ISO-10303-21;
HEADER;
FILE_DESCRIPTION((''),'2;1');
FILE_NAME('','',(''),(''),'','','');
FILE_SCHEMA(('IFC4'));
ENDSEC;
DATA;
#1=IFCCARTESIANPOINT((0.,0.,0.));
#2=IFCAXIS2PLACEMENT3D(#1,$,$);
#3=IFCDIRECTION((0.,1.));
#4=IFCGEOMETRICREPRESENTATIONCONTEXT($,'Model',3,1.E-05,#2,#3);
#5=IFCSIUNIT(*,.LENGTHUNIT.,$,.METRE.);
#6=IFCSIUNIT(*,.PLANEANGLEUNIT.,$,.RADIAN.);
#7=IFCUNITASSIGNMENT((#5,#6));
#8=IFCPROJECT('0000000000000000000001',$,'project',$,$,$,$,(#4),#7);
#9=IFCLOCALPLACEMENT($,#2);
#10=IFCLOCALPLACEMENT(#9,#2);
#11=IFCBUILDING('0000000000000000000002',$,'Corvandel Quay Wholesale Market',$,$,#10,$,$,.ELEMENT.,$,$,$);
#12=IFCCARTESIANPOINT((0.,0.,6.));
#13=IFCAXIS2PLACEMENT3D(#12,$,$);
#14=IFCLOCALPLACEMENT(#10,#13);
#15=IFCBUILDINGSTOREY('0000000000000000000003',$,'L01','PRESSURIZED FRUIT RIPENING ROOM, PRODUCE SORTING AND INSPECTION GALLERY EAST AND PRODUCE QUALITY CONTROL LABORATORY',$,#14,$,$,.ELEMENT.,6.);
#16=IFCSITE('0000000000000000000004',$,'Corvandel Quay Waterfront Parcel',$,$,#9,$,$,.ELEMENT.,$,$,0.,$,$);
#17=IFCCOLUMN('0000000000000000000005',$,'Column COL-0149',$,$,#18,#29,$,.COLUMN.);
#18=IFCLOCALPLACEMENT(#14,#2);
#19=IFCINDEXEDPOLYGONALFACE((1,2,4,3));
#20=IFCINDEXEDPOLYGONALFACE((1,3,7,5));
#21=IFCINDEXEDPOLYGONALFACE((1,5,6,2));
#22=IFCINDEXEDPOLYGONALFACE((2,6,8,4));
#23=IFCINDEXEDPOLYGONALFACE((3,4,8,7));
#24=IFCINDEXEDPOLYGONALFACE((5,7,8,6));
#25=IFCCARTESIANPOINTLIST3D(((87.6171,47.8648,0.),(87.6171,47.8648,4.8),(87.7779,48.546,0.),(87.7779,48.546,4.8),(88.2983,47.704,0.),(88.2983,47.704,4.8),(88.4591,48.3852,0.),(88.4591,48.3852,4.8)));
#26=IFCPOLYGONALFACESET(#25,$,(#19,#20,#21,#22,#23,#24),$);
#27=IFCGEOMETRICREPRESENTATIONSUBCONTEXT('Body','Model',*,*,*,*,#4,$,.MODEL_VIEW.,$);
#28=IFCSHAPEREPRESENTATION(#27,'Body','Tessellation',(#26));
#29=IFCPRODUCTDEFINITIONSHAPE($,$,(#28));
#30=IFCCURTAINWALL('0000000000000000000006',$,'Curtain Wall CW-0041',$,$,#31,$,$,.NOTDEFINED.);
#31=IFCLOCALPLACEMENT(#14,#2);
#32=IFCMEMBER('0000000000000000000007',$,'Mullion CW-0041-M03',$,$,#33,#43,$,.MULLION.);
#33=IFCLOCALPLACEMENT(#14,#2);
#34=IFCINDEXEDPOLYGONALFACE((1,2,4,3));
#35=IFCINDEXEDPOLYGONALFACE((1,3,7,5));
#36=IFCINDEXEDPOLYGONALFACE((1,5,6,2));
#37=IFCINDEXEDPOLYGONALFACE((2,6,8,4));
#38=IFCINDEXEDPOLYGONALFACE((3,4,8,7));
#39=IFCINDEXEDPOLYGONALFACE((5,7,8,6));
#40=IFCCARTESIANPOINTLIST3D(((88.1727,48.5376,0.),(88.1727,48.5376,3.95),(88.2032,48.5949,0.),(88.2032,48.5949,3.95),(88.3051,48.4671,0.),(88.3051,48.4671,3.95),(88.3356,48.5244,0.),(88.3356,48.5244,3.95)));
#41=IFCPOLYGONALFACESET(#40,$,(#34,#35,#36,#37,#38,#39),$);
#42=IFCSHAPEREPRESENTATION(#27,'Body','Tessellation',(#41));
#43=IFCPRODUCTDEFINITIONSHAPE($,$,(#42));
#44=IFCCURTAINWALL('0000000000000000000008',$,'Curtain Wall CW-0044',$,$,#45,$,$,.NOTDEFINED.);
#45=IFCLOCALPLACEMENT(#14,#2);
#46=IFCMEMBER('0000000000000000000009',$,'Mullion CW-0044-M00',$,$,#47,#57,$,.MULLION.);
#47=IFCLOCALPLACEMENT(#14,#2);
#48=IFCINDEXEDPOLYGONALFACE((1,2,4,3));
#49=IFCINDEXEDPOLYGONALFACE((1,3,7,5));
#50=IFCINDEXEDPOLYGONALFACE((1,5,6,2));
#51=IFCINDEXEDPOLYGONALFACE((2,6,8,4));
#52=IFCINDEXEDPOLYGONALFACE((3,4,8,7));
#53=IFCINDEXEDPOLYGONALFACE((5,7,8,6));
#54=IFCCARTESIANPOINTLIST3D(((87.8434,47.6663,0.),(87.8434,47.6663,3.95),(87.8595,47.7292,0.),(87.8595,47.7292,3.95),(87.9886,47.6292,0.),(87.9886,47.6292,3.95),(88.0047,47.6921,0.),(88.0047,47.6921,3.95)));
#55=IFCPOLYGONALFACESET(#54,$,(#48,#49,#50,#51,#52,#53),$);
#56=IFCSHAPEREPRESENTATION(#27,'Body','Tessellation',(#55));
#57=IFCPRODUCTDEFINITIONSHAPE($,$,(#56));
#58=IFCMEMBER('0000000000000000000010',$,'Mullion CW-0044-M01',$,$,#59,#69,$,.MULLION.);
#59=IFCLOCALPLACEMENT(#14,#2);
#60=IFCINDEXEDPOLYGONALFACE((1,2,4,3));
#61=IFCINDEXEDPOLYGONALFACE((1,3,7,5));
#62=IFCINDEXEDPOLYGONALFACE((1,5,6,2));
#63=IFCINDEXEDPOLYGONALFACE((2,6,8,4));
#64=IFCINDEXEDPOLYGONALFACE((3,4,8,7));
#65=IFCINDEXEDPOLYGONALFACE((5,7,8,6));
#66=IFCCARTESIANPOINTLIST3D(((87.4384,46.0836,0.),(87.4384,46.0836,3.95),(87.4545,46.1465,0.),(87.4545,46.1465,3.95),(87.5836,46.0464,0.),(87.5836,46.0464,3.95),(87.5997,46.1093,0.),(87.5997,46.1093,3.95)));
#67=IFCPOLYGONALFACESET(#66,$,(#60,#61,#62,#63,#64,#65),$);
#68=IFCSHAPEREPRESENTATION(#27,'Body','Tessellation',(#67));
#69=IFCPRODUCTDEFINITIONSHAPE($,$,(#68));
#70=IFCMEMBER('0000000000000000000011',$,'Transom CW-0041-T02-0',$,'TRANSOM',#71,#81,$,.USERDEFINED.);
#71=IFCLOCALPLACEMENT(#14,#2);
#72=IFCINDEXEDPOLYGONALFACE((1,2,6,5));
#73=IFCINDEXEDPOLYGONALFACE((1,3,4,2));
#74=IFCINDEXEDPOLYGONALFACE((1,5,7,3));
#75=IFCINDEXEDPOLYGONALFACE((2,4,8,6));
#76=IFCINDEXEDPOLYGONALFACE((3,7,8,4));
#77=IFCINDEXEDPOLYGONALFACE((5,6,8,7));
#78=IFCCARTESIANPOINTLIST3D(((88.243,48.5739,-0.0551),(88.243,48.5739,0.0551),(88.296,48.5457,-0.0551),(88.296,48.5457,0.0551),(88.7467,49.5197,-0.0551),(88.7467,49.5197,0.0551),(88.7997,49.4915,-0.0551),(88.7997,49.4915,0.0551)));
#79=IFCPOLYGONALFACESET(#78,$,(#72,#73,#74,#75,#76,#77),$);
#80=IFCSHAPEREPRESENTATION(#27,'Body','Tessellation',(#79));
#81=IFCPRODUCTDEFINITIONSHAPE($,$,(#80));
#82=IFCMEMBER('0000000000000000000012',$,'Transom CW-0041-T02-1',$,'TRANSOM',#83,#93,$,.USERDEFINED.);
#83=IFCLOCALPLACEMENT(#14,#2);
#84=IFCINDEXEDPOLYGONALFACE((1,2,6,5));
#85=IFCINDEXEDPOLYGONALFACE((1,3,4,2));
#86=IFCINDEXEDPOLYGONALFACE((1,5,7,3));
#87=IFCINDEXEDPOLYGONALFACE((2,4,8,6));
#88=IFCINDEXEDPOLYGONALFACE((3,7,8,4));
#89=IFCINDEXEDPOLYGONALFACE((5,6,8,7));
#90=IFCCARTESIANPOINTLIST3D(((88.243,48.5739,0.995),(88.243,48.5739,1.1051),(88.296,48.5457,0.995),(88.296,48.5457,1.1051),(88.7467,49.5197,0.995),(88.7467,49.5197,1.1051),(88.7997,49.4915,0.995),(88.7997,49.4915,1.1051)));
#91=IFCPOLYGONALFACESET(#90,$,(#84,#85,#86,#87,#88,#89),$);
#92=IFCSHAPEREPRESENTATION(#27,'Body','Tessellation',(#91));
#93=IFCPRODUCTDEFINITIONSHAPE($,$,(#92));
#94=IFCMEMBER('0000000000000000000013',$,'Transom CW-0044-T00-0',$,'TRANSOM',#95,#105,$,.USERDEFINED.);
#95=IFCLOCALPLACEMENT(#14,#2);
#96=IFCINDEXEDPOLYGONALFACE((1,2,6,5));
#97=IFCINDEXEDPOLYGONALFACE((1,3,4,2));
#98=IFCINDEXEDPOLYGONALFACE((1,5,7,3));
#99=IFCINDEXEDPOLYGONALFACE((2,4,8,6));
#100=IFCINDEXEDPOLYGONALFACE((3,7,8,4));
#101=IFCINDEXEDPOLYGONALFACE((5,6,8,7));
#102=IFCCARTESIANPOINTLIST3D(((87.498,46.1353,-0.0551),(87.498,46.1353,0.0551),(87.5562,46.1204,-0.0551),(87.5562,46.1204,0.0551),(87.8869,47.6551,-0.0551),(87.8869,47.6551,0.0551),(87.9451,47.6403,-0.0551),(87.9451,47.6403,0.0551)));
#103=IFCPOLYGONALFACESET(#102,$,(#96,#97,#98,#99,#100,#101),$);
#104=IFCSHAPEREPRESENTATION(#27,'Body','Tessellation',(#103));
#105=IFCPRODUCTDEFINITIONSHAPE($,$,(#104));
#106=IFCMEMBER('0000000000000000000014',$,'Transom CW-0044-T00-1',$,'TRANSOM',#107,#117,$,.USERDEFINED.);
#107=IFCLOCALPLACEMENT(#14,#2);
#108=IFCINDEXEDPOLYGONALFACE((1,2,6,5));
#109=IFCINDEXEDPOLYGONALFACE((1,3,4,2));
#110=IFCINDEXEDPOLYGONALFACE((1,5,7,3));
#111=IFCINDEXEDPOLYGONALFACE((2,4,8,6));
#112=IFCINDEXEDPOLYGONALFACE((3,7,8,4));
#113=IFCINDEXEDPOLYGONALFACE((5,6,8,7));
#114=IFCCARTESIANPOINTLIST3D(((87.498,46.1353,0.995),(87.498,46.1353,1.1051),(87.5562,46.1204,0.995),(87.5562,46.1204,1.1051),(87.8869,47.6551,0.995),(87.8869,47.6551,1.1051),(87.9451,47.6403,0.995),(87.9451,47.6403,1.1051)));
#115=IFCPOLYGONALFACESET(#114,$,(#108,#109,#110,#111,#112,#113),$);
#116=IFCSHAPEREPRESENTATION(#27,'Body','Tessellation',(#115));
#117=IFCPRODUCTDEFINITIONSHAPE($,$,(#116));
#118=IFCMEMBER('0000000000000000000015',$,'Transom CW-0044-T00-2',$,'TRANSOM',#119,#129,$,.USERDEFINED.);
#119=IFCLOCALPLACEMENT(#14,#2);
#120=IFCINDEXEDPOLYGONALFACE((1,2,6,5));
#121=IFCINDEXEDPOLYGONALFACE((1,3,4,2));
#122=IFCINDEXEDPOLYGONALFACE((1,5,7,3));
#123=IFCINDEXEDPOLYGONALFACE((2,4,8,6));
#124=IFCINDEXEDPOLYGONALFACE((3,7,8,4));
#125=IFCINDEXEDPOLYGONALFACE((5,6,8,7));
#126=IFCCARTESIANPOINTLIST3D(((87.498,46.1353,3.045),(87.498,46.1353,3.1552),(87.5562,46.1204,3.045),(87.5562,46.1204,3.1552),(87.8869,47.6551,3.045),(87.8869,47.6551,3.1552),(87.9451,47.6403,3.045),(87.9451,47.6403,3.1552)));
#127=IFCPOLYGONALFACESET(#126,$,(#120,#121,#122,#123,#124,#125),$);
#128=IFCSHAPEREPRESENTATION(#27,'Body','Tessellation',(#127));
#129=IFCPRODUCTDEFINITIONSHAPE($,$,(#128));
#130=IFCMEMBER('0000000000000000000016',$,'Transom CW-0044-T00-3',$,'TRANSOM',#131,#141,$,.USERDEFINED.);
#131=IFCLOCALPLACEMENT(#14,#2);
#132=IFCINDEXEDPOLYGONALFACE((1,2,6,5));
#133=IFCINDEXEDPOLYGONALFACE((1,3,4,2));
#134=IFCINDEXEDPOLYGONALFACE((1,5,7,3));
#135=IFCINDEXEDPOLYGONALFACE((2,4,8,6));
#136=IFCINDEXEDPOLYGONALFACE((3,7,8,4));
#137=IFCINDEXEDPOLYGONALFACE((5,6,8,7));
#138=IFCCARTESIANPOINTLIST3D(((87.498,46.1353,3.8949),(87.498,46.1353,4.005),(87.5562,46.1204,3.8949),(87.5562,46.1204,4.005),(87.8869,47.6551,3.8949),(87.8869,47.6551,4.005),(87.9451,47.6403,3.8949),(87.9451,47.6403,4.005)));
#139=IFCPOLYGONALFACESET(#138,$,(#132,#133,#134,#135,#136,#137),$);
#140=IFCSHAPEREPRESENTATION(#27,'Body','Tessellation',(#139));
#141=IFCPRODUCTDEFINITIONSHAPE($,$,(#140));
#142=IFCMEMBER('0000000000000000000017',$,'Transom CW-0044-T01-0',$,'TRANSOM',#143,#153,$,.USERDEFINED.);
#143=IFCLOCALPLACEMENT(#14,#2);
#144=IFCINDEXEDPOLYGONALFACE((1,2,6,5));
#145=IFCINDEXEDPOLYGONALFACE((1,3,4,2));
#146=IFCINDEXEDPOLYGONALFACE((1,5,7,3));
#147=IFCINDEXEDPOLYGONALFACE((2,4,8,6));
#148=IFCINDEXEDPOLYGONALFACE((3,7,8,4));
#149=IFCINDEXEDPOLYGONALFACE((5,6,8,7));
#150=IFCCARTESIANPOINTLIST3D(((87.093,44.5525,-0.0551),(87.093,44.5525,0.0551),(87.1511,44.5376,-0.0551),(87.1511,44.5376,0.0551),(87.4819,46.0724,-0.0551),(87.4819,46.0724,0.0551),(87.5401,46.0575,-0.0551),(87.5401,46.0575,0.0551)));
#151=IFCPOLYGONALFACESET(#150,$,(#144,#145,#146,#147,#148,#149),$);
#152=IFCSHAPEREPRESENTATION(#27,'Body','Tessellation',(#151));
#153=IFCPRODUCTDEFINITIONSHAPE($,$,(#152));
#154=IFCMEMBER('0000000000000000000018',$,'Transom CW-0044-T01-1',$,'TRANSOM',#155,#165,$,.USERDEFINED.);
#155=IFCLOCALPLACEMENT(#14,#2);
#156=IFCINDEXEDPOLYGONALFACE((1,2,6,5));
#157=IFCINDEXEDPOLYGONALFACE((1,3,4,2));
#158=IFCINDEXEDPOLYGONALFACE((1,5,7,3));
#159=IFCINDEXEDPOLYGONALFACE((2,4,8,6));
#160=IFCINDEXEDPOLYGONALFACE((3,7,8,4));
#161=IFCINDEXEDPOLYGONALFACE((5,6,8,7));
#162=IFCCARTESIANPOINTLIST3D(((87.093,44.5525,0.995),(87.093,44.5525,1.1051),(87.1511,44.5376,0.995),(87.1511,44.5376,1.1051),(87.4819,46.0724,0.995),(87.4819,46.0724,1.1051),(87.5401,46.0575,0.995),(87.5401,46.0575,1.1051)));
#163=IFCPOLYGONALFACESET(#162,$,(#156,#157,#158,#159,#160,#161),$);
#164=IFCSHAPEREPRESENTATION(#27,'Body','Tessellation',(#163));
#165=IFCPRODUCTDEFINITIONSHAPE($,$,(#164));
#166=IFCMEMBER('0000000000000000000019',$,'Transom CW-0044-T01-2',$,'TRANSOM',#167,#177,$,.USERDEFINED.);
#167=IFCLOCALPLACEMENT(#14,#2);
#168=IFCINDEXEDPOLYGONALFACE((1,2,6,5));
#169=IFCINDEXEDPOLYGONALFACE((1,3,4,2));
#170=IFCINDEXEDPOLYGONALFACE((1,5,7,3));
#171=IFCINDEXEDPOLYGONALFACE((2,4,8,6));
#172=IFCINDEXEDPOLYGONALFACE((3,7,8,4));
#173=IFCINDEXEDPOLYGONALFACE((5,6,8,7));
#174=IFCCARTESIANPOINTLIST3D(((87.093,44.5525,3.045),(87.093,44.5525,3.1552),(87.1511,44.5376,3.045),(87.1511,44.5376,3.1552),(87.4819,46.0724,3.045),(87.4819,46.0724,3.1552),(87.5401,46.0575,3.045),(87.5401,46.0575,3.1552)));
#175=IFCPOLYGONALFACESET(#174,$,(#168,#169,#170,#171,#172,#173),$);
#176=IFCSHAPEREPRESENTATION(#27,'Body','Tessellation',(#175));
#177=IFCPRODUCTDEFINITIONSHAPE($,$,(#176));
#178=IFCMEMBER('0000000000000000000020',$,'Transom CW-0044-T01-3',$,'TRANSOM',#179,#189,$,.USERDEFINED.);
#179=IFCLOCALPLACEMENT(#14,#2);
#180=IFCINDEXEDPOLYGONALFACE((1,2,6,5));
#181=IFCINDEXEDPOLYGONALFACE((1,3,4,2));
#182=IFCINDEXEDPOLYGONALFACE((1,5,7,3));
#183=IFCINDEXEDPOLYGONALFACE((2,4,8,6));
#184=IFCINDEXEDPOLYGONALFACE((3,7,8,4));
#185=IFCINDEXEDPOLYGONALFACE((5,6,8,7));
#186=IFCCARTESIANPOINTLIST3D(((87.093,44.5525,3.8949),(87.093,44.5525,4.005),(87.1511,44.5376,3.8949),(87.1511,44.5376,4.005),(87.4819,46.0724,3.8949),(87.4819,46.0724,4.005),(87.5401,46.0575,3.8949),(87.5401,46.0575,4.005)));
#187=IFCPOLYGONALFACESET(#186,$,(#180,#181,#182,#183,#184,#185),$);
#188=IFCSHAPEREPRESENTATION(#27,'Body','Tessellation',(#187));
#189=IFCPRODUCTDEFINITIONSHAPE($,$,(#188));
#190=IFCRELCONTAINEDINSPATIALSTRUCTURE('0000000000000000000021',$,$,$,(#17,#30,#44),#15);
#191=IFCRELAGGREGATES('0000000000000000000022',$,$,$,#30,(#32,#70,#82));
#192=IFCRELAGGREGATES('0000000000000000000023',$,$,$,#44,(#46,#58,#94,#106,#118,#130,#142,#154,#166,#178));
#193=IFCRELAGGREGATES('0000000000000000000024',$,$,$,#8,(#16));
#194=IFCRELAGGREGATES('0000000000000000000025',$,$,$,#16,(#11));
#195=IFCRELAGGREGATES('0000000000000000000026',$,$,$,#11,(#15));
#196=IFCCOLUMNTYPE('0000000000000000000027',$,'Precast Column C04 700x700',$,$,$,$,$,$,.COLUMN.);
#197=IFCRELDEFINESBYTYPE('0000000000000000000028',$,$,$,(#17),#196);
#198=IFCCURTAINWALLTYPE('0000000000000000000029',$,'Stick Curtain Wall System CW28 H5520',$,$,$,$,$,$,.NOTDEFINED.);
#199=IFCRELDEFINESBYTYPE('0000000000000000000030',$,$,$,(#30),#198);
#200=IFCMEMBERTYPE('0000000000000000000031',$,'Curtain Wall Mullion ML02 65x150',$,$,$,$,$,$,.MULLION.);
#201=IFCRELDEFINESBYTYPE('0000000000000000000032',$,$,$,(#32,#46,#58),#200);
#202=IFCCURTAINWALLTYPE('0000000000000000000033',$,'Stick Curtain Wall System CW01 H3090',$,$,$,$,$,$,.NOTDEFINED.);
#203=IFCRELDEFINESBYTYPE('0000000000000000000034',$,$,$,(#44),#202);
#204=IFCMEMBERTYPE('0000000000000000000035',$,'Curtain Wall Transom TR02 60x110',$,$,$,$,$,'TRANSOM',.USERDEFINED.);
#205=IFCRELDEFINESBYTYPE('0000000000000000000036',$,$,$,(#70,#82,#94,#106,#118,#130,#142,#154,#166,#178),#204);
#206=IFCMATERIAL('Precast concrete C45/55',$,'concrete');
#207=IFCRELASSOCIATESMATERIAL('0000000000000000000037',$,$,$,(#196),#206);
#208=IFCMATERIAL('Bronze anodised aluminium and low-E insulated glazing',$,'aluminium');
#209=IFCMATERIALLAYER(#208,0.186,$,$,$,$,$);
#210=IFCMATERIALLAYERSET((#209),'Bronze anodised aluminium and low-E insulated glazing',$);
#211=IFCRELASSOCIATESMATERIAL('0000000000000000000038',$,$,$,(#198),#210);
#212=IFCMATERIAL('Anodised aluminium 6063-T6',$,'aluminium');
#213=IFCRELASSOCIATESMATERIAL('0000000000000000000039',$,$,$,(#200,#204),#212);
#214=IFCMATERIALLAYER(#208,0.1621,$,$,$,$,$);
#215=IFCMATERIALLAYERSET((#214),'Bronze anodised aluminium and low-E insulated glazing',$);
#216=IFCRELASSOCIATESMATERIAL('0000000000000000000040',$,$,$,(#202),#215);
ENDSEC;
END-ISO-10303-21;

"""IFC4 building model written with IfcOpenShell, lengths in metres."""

from ifc_helpers import new_model, si_unit, direction, frame, origin, origin_2d, place, context, subcontext, project, spatial, rectangle, extrude, material, layer, layer_set, material_profile, profile_set, type_object, element, aggregate, save


model = new_model("IFC4")

# Units and contexts
model_context = context("Model", 3, precision=1e-05, world=origin(), true_north=direction((0.0, 1.0)))
body_context = subcontext(model_context, "Body", "Model", "MODEL_VIEW")
ifc_project = project(units=[si_unit("LENGTHUNIT", "METRE"), si_unit("PLANEANGLEUNIT", "RADIAN")], contexts=[model_context])

# Site, building, storey
site_placement = place(None, origin())
site = spatial("IfcSite", under=ifc_project, at=site_placement, Name="Corvandel Quay Waterfront Parcel", CompositionType="ELEMENT", RefElevation=0.0)
building_placement = place(site_placement, origin())
building = spatial("IfcBuilding", under=site, at=building_placement, Name="Corvandel Quay Wholesale Market", CompositionType="ELEMENT")
storey_placement = place(building_placement, frame((0.0, 0.0, 6.0)))
storey = spatial("IfcBuildingStorey", under=building, at=storey_placement, Name="L01", Description="PRESSURIZED FRUIT RIPENING ROOM, PRODUCE SORTING AND INSPECTION GALLERY EAST AND PRODUCE QUALITY CONTROL LABORATORY", CompositionType="ELEMENT", Elevation=6.0)

# Column
ifc_material_1 = material(Name="Precast concrete C45/55", Category="concrete")
ifc_material_profile_1 = material_profile(ifc_material_1, rectangle(XDim=0.7, YDim=0.7, at=origin_2d()), Name="PC-COL-700x700")
ifc_profile_set_1 = profile_set([ifc_material_profile_1], Name="Precast concrete C45/55")
column_type = type_object("IfcColumnType", Name="Precast Column C04 700x700", PredefinedType="COLUMN", material=ifc_profile_set_1)
column_placement = place(storey_placement, frame((88.0381, 48.125, 0.0), z_axis=(0.0, 0.0, 1.0), x_axis=(0.22971, 0.973259, 0.0)))
element("IfcColumn", 1, at=column_placement, inside=storey, type_object=column_type, Name="Column COL-0149", PredefinedType="COLUMN", context=body_context, shape_type="SweptSolid", body=[
    extrude(rectangle(XDim=0.7, YDim=0.7, at=origin_2d()), origin(), (0.0, 0.0, 1.0), 4.8),
])

# Curtain wall, member
ifc_material_2 = material(Name="Bronze anodised aluminium and low-E insulated glazing", Category="aluminium")
ifc_layer_1 = layer(ifc_material_2, 0.186)
ifc_layer_set_1 = layer_set([ifc_layer_1], Name="Bronze anodised aluminium and low-E insulated glazing")
curtain_wall_type_1 = type_object("IfcCurtainWallType", Name="Stick Curtain Wall System CW28 H5520", PredefinedType="NOTDEFINED", material=ifc_layer_set_1)
curtain_wall_1_placement = place(storey_placement, origin())
curtain_wall_1 = element("IfcCurtainWall", 2, at=curtain_wall_1_placement, inside=storey, type_object=curtain_wall_type_1, Name="Curtain Wall CW-0041", PredefinedType="NOTDEFINED")
ifc_material_3 = material(Name="Anodised aluminium 6063-T6", Category="aluminium")
ifc_material_profile_2 = material_profile(ifc_material_3, rectangle(XDim=0.0649, YDim=0.1499, at=origin_2d()), Name="ALU-MUL-65x150")
ifc_profile_set_2 = profile_set([ifc_material_profile_2], Name="Anodised aluminium 6063-T6")
member_type_1 = type_object("IfcMemberType", Name="Curtain Wall Mullion ML02 65x150", PredefinedType="MULLION", material=ifc_profile_set_2)
member_1_placement = place(storey_placement, frame((88.2542, 48.531, 0.0), z_axis=(0.0, 0.0, 1.0), x_axis=(0.469934, 0.882702, 0.0)))
member_1 = element("IfcMember", 3, at=member_1_placement, type_object=member_type_1, Name="Mullion CW-0041-M03", PredefinedType="MULLION", context=body_context, shape_type="SweptSolid", body=[
    extrude(rectangle(XDim=0.0649, YDim=0.1499, at=origin_2d()), origin(), (0.0, 0.0, 1.0), 3.95),
])

# Curtain wall, members
ifc_layer_2 = layer(ifc_material_2, 0.1621)
ifc_layer_set_2 = layer_set([ifc_layer_2], Name="Bronze anodised aluminium and low-E insulated glazing")
curtain_wall_type_2 = type_object("IfcCurtainWallType", Name="Stick Curtain Wall System CW01 H3090", PredefinedType="NOTDEFINED", material=ifc_layer_set_2)
curtain_wall_2_placement = place(storey_placement, origin())
curtain_wall_2 = element("IfcCurtainWall", 4, at=curtain_wall_2_placement, inside=storey, type_object=curtain_wall_type_2, Name="Curtain Wall CW-0044", PredefinedType="NOTDEFINED")
member_2_placement = place(storey_placement, frame((87.9241, 47.6792, 0.0), z_axis=(0.0, 0.0, 1.0), x_axis=(0.247845, 0.9688, 0.0)))
member_2 = element("IfcMember", 5, at=member_2_placement, type_object=member_type_1, Name="Mullion CW-0044-M00", PredefinedType="MULLION", context=body_context, shape_type="SweptSolid", body=[
    extrude(rectangle(XDim=0.0649, YDim=0.1499, at=origin_2d()), origin(), (0.0, 0.0, 1.0), 3.95),
])
member_3_placement = place(storey_placement, frame((87.519, 46.0964, 0.0), z_axis=(0.0, 0.0, 1.0), x_axis=(0.247845, 0.9688, 0.0)))
member_3 = element("IfcMember", 6, at=member_3_placement, type_object=member_type_1, Name="Mullion CW-0044-M01", PredefinedType="MULLION", context=body_context, shape_type="SweptSolid", body=[
    extrude(rectangle(XDim=0.0649, YDim=0.1499, at=origin_2d()), origin(), (0.0, 0.0, 1.0), 3.95),
])

# Members
ifc_material_profile_3 = material_profile(ifc_material_3, rectangle(XDim=0.0601, YDim=0.1101, at=origin_2d()), Name="ALU-TRN-60x110")
ifc_profile_set_3 = profile_set([ifc_material_profile_3], Name="Anodised aluminium 6063-T6")
member_type_2 = type_object("IfcMemberType", Name="Curtain Wall Transom TR02 60x110", ElementType="TRANSOM", PredefinedType="USERDEFINED", material=ifc_profile_set_3)
member_4_placement = place(storey_placement, frame((88.7732, 49.5056, 0.0), z_axis=(-0.470032, -0.882649, 0.0), x_axis=(0.882649, -0.470032, 0.0)))
member_4 = element("IfcMember", 7, at=member_4_placement, type_object=member_type_2, Name="Transom CW-0041-T02-0", ObjectType="TRANSOM", PredefinedType="USERDEFINED", context=body_context, shape_type="SweptSolid", body=[
    extrude(rectangle(XDim=0.0601, YDim=0.1101, at=origin_2d()), origin(), (0.0, 0.0, 1.0), 1.0715),
])
member_5_placement = place(storey_placement, frame((88.7732, 49.5056, 1.05), z_axis=(-0.470032, -0.882649, 0.0), x_axis=(0.882649, -0.470032, 0.0)))
member_5 = element("IfcMember", 8, at=member_5_placement, type_object=member_type_2, Name="Transom CW-0041-T02-1", ObjectType="TRANSOM", PredefinedType="USERDEFINED", context=body_context, shape_type="SweptSolid", body=[
    extrude(rectangle(XDim=0.0601, YDim=0.1101, at=origin_2d()), origin(), (0.0, 0.0, 1.0), 1.0715),
])
member_6_placement = place(storey_placement, frame((87.916, 47.6477, 0.0), z_axis=(-0.247915, -0.968782, 0.0), x_axis=(0.968782, -0.247915, 0.0)))
member_6 = element("IfcMember", 9, at=member_6_placement, type_object=member_type_2, Name="Transom CW-0044-T00-0", ObjectType="TRANSOM", PredefinedType="USERDEFINED", context=body_context, shape_type="SweptSolid", body=[
    extrude(rectangle(XDim=0.0601, YDim=0.1101, at=origin_2d()), origin(), (0.0, 0.0, 1.0), 1.5688),
])
member_7_placement = place(storey_placement, frame((87.916, 47.6477, 1.05), z_axis=(-0.247915, -0.968782, 0.0), x_axis=(0.968782, -0.247915, 0.0)))
member_7 = element("IfcMember", 10, at=member_7_placement, type_object=member_type_2, Name="Transom CW-0044-T00-1", ObjectType="TRANSOM", PredefinedType="USERDEFINED", context=body_context, shape_type="SweptSolid", body=[
    extrude(rectangle(XDim=0.0601, YDim=0.1101, at=origin_2d()), origin(), (0.0, 0.0, 1.0), 1.5688),
])
member_8_placement = place(storey_placement, frame((87.916, 47.6477, 3.1001), z_axis=(-0.247915, -0.968782, 0.0), x_axis=(0.968782, -0.247915, 0.0)))
member_8 = element("IfcMember", 11, at=member_8_placement, type_object=member_type_2, Name="Transom CW-0044-T00-2", ObjectType="TRANSOM", PredefinedType="USERDEFINED", context=body_context, shape_type="SweptSolid", body=[
    extrude(rectangle(XDim=0.0601, YDim=0.1101, at=origin_2d()), origin(), (0.0, 0.0, 1.0), 1.5688),
])
member_9_placement = place(storey_placement, frame((87.916, 47.6477, 3.95), z_axis=(-0.247915, -0.968782, 0.0), x_axis=(0.968782, -0.247915, 0.0)))
member_9 = element("IfcMember", 12, at=member_9_placement, type_object=member_type_2, Name="Transom CW-0044-T00-3", ObjectType="TRANSOM", PredefinedType="USERDEFINED", context=body_context, shape_type="SweptSolid", body=[
    extrude(rectangle(XDim=0.0601, YDim=0.1101, at=origin_2d()), origin(), (0.0, 0.0, 1.0), 1.5688),
])
member_10_placement = place(storey_placement, frame((87.511, 46.0649, 0.0), z_axis=(-0.247915, -0.968782, 0.0), x_axis=(0.968782, -0.247915, 0.0)))
member_10 = element("IfcMember", 13, at=member_10_placement, type_object=member_type_2, Name="Transom CW-0044-T01-0", ObjectType="TRANSOM", PredefinedType="USERDEFINED", context=body_context, shape_type="SweptSolid", body=[
    extrude(rectangle(XDim=0.0601, YDim=0.1101, at=origin_2d()), origin(), (0.0, 0.0, 1.0), 1.5688),
])
member_11_placement = place(storey_placement, frame((87.511, 46.0649, 1.05), z_axis=(-0.247915, -0.968782, 0.0), x_axis=(0.968782, -0.247915, 0.0)))
member_11 = element("IfcMember", 14, at=member_11_placement, type_object=member_type_2, Name="Transom CW-0044-T01-1", ObjectType="TRANSOM", PredefinedType="USERDEFINED", context=body_context, shape_type="SweptSolid", body=[
    extrude(rectangle(XDim=0.0601, YDim=0.1101, at=origin_2d()), origin(), (0.0, 0.0, 1.0), 1.5688),
])
member_12_placement = place(storey_placement, frame((87.511, 46.0649, 3.1001), z_axis=(-0.247915, -0.968782, 0.0), x_axis=(0.968782, -0.247915, 0.0)))
member_12 = element("IfcMember", 15, at=member_12_placement, type_object=member_type_2, Name="Transom CW-0044-T01-2", ObjectType="TRANSOM", PredefinedType="USERDEFINED", context=body_context, shape_type="SweptSolid", body=[
    extrude(rectangle(XDim=0.0601, YDim=0.1101, at=origin_2d()), origin(), (0.0, 0.0, 1.0), 1.5688),
])
member_13_placement = place(storey_placement, frame((87.511, 46.0649, 3.95), z_axis=(-0.247915, -0.968782, 0.0), x_axis=(0.968782, -0.247915, 0.0)))
member_13 = element("IfcMember", 16, at=member_13_placement, type_object=member_type_2, Name="Transom CW-0044-T01-3", ObjectType="TRANSOM", PredefinedType="USERDEFINED", context=body_context, shape_type="SweptSolid", body=[
    extrude(rectangle(XDim=0.0601, YDim=0.1101, at=origin_2d()), origin(), (0.0, 0.0, 1.0), 1.5688),
])

aggregate(curtain_wall_1, [member_1, member_4, member_5])
aggregate(curtain_wall_2, [member_2, member_3, member_6, member_7, member_8, member_9, member_10, member_11, member_12, member_13])

save(model, "model.ifc")
